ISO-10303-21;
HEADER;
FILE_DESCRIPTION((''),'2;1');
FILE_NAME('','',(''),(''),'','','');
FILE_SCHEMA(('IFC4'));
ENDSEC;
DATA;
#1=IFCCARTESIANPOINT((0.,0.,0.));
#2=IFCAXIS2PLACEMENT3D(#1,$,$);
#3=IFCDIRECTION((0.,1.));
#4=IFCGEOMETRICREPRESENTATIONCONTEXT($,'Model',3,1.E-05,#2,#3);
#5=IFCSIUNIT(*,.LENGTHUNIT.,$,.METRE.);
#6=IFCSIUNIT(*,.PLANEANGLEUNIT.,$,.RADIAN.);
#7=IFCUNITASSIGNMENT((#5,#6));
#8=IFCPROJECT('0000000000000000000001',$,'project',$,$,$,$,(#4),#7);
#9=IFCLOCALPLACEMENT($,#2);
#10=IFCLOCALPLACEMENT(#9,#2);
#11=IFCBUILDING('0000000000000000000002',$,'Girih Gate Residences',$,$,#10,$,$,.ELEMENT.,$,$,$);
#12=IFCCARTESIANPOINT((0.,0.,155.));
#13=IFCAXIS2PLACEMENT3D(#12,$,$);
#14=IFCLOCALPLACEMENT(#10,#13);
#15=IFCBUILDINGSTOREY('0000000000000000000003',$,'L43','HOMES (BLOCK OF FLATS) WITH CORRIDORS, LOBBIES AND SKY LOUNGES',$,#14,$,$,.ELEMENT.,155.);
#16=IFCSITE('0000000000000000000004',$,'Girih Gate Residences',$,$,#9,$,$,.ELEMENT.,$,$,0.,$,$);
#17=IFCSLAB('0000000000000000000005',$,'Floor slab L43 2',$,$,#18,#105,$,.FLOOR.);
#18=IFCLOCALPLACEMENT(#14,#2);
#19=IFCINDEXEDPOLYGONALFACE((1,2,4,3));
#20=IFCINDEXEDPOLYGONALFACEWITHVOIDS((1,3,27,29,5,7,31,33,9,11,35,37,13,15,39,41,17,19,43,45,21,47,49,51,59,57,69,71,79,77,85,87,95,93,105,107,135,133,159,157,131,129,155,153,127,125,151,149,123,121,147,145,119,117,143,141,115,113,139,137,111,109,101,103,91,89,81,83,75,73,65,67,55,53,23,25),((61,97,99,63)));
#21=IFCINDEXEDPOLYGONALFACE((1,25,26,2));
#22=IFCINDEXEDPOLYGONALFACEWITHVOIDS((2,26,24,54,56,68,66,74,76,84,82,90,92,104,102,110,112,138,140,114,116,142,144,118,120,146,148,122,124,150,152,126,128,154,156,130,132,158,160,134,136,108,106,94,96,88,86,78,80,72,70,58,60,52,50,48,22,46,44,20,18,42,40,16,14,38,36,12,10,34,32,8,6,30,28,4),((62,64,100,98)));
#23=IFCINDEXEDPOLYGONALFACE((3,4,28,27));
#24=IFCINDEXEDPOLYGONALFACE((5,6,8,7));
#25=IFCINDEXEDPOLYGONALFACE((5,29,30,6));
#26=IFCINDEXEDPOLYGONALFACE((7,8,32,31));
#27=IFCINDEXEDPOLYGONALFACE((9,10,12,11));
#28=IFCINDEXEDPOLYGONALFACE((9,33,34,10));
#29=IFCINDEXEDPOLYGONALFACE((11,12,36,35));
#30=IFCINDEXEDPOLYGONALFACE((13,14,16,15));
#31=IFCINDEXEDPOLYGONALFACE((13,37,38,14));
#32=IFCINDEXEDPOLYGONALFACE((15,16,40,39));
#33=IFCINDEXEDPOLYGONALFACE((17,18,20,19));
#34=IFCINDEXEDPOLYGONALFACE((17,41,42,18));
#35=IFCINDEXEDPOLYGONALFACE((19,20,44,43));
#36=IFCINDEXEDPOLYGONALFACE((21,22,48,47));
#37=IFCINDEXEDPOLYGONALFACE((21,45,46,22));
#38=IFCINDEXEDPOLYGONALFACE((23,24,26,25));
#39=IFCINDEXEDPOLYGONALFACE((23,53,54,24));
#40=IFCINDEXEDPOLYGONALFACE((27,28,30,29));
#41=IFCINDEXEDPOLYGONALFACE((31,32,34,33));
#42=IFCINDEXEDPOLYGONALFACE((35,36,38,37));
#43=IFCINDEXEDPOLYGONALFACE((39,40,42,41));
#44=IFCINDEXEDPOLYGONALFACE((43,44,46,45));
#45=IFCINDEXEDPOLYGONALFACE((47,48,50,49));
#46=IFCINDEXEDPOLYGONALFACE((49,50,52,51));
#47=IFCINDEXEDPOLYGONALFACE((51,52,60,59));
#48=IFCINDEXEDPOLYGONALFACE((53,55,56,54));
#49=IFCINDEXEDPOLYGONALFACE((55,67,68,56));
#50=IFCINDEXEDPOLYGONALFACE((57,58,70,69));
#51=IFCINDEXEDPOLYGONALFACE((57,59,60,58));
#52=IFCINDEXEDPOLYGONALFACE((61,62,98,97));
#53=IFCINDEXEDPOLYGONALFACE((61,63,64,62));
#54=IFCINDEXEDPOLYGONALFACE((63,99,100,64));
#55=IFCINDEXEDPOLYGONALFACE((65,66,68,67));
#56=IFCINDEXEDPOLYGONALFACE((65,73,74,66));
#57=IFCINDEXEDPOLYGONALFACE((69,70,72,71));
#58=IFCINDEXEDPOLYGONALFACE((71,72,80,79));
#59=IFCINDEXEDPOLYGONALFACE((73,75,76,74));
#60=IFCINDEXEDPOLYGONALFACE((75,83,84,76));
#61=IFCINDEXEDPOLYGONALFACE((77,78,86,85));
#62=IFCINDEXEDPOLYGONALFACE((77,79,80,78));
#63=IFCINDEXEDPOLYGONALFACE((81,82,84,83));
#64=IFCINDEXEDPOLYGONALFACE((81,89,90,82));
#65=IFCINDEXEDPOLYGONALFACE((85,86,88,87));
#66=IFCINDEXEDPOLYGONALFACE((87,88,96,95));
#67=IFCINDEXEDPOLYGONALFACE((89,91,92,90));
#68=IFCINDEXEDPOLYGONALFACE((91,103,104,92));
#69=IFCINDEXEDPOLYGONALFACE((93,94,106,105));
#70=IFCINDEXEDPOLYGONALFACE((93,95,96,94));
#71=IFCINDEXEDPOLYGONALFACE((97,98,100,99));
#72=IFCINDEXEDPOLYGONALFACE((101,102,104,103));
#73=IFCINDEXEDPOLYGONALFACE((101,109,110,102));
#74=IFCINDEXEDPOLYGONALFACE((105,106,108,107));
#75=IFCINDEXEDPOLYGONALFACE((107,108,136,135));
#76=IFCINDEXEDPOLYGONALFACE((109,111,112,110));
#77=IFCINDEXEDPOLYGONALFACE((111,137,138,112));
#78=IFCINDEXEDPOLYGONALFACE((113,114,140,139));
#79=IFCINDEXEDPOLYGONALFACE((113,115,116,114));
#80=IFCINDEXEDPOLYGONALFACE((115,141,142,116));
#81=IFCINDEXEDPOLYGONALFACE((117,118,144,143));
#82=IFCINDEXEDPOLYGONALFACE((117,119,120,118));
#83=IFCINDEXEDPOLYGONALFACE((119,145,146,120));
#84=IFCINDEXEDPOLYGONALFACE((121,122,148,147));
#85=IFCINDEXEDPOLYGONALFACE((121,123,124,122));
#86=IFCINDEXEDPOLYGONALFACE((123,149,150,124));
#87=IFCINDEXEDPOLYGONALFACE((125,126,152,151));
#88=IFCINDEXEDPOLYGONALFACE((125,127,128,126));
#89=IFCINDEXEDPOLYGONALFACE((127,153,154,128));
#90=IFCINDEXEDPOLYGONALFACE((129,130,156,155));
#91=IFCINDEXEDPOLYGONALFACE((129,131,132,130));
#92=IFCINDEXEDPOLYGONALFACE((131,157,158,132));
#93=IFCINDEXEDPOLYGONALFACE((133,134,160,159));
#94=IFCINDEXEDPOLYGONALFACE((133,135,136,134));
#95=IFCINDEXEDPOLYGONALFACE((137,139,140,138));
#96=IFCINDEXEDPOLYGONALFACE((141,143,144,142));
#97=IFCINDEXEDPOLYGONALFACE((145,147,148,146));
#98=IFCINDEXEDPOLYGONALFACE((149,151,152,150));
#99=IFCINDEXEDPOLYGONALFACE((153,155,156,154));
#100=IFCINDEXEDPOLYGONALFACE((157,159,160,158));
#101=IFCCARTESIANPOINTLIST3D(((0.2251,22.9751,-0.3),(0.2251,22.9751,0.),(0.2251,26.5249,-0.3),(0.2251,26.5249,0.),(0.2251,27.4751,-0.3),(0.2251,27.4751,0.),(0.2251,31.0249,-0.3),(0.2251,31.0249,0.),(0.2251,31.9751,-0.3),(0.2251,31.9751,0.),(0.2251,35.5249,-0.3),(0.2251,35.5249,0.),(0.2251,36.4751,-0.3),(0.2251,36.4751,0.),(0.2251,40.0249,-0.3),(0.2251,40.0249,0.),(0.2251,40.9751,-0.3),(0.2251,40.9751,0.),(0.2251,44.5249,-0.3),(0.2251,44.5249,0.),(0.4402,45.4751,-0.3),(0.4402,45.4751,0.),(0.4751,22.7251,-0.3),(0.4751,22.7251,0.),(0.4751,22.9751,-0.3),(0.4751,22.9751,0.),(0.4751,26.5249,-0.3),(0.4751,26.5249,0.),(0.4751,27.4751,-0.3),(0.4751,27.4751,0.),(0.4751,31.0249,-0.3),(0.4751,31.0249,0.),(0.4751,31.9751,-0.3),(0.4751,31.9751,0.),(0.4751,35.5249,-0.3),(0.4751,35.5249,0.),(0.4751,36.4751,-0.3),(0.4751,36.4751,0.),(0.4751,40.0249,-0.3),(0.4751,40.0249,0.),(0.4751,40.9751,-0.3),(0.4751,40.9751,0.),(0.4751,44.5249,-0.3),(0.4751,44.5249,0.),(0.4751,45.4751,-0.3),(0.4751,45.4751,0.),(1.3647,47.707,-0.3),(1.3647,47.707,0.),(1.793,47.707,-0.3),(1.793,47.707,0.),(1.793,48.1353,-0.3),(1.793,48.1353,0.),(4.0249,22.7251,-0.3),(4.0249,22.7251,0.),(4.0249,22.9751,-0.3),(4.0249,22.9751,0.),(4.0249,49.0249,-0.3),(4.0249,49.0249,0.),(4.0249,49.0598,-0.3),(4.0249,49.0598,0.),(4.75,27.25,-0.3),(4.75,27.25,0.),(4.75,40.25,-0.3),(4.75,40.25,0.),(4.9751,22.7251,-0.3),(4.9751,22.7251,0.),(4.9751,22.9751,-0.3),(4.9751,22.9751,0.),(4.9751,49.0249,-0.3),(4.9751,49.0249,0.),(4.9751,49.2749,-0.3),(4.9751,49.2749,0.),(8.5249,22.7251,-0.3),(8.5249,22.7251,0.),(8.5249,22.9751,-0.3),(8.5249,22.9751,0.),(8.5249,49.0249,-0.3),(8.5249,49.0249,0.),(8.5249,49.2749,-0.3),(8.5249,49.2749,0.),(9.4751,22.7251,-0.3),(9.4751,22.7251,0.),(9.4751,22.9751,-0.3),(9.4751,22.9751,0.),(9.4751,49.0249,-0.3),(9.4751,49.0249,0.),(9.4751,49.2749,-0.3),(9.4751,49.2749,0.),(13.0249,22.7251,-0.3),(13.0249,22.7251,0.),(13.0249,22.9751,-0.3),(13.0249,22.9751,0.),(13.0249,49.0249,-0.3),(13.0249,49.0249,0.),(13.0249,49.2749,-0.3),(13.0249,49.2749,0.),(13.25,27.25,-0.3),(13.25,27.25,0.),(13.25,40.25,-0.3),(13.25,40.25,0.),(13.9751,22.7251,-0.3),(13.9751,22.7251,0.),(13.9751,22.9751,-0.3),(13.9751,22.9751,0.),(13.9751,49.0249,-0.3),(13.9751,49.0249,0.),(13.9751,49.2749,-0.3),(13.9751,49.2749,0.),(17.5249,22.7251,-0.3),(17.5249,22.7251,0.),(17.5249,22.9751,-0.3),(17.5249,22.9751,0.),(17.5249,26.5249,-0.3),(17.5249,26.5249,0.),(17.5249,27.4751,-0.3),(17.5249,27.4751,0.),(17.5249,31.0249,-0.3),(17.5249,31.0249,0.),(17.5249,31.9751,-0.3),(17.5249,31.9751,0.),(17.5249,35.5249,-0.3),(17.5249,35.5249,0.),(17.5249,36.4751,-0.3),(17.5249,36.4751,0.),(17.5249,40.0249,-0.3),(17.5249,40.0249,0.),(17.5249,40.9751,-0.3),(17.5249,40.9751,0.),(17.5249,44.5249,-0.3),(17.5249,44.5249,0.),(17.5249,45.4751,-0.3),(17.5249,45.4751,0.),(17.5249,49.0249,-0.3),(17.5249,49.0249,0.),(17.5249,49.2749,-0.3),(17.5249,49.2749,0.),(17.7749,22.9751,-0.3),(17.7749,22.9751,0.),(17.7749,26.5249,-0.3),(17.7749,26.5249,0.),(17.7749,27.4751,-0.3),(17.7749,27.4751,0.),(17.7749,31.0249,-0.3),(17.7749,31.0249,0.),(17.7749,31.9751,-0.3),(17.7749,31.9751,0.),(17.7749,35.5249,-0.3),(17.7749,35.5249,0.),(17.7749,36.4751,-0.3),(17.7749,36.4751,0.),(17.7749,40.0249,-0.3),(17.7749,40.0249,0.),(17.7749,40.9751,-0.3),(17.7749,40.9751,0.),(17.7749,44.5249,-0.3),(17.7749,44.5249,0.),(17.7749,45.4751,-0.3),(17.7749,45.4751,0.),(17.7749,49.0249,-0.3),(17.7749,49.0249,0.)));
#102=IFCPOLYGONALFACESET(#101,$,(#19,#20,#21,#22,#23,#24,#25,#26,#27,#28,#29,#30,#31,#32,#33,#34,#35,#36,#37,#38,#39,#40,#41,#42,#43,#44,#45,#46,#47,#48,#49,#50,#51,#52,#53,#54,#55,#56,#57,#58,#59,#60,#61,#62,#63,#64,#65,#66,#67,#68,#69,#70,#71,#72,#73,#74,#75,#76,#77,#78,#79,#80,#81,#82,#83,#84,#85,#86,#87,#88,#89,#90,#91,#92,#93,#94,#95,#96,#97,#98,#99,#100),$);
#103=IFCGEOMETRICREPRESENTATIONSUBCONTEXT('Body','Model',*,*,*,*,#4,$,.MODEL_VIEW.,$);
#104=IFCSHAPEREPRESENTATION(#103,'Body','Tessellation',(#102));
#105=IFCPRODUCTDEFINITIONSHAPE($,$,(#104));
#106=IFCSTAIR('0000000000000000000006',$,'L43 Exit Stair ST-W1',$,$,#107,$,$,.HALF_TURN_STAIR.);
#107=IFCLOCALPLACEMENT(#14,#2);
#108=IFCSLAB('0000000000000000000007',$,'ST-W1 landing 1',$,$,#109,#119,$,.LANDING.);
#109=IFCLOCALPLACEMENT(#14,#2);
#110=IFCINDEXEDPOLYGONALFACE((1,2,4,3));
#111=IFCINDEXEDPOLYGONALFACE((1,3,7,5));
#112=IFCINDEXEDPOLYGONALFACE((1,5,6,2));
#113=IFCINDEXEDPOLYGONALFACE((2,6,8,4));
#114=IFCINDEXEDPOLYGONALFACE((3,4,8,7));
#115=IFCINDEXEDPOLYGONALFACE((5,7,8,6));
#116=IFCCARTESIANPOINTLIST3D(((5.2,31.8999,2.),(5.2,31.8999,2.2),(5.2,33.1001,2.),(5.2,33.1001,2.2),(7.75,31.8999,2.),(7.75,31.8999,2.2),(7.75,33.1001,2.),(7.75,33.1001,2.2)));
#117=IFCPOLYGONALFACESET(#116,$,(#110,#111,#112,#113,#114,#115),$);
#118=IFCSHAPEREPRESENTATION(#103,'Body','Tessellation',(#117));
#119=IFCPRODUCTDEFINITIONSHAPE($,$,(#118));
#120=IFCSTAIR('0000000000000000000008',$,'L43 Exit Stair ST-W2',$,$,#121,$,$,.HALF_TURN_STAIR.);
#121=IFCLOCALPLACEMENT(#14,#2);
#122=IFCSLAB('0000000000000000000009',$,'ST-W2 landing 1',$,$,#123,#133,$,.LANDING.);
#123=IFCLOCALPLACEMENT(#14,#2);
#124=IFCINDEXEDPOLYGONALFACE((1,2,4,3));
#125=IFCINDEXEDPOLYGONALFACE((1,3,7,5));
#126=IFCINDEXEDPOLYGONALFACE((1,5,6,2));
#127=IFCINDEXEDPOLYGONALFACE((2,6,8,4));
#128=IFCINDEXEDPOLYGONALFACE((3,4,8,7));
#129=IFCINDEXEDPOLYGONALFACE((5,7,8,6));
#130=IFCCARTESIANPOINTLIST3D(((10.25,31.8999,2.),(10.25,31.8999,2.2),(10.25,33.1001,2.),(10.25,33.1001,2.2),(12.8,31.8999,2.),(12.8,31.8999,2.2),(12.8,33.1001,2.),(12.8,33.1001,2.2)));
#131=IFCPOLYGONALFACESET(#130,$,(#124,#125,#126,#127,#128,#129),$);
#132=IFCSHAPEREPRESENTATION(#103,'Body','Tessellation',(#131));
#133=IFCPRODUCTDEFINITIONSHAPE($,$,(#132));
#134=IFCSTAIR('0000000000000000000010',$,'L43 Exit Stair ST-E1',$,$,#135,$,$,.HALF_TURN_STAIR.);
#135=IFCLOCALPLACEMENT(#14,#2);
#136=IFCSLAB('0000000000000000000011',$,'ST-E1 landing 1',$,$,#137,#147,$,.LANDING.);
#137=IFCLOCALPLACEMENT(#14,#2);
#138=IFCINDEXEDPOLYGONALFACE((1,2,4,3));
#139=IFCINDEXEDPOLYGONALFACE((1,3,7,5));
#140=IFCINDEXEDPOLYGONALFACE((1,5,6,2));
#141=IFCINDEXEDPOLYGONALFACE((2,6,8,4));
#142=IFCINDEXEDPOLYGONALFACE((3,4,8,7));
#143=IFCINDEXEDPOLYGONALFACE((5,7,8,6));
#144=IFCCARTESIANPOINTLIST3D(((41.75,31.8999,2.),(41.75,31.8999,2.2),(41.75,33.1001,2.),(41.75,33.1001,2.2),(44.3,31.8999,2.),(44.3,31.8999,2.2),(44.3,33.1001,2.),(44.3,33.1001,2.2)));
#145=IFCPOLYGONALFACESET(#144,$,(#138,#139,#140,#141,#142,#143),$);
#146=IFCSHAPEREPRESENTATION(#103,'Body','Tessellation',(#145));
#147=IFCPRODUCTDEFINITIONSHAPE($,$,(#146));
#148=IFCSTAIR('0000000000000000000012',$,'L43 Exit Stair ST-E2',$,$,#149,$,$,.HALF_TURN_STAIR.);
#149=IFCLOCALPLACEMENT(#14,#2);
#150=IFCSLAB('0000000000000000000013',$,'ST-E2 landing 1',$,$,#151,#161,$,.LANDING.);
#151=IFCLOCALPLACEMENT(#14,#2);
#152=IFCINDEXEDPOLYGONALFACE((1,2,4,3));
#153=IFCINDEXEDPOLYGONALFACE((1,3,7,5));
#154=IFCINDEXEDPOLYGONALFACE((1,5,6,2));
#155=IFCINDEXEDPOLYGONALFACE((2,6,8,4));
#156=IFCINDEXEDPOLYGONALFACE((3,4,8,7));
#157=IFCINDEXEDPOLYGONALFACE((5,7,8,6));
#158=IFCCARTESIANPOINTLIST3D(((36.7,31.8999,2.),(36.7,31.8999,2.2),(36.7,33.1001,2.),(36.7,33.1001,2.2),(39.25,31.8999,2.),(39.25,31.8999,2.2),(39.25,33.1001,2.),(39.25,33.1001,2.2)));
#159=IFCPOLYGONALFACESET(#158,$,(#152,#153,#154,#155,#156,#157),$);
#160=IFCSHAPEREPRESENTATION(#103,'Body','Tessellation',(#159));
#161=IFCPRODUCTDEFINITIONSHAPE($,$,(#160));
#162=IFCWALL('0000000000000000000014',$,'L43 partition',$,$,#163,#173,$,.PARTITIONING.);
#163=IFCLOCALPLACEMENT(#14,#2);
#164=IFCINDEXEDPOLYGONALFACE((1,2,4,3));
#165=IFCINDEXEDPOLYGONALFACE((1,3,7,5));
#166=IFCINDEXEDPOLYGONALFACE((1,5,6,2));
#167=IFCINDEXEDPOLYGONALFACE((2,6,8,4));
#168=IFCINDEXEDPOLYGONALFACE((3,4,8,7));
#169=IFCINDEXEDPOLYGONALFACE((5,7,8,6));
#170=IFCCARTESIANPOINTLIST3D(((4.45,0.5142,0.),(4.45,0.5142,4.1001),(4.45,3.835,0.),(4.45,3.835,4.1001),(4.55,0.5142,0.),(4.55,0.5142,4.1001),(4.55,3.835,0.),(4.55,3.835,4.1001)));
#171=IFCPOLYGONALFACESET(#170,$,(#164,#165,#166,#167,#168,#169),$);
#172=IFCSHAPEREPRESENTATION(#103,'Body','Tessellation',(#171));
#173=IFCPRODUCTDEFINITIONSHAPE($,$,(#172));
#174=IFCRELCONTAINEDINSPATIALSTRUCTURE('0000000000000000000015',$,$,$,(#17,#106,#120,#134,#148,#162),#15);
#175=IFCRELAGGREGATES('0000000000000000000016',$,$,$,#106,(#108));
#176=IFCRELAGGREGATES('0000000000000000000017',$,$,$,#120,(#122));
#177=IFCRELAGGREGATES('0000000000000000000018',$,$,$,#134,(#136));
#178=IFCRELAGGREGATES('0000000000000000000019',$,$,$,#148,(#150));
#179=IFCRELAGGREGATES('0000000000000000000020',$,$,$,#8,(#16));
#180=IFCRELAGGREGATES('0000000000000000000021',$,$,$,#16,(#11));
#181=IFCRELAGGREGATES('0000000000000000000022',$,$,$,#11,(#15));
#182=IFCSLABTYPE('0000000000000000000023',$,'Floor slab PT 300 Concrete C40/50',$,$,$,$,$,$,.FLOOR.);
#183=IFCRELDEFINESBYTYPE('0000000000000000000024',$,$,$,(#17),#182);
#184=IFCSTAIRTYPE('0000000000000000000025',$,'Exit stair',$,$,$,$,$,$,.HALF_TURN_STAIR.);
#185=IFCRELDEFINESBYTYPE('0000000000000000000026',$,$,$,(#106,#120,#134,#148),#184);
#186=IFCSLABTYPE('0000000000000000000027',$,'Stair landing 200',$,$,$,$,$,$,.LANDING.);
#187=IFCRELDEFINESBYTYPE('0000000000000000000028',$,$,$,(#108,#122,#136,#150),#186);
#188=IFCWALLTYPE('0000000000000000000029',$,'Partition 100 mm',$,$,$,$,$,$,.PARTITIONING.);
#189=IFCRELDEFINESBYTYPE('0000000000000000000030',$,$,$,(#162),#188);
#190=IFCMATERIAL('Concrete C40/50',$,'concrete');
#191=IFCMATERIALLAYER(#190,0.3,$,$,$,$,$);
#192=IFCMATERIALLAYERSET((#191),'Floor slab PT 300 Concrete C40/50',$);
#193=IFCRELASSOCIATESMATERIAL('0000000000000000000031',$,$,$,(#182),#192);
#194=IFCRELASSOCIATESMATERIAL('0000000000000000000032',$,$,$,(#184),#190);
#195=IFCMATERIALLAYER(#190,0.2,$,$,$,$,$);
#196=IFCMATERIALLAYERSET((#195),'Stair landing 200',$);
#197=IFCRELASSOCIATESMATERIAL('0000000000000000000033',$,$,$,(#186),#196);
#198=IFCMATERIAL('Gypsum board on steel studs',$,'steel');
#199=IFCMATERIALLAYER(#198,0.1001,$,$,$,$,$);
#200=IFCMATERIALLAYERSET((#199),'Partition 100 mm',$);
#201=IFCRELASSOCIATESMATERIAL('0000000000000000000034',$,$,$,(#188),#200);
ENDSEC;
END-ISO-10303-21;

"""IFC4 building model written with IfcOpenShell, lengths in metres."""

from ifc_helpers import new_model, si_unit, direction, frame, frame_2d, origin, place, context, subcontext, project, spatial, polyline, rectangle, outline, extrude, material, layer, layer_set, type_object, element, aggregate, save


model = new_model("IFC4")

# Units and contexts
model_context = context("Model", 3, precision=1e-05, world=origin(), true_north=direction((0.0, 1.0)))
body_context = subcontext(model_context, "Body", "Model", "MODEL_VIEW")
ifc_project = project(units=[si_unit("LENGTHUNIT", "METRE"), si_unit("PLANEANGLEUNIT", "RADIAN")], contexts=[model_context])

# Site, building, storey
site_placement = place(None, origin())
site = spatial("IfcSite", under=ifc_project, at=site_placement, Name="Girih Gate Residences", CompositionType="ELEMENT", RefElevation=0.0)
building_placement = place(site_placement, origin())
building = spatial("IfcBuilding", under=site, at=building_placement, Name="Girih Gate Residences", CompositionType="ELEMENT")
storey_placement = place(building_placement, frame((0.0, 0.0, 155.0)))
storey = spatial("IfcBuildingStorey", under=building, at=storey_placement, Name="L43", Description="HOMES (BLOCK OF FLATS) WITH CORRIDORS, LOBBIES AND SKY LOUNGES", CompositionType="ELEMENT", Elevation=155.0)

# Slab
ifc_material_1 = material(Name="Concrete C40/50", Category="concrete")
ifc_layer_1 = layer(ifc_material_1, 0.3)
ifc_layer_set_1 = layer_set([ifc_layer_1], Name="Floor slab PT 300 Concrete C40/50")
slab_type_1 = type_object("IfcSlabType", Name="Floor slab PT 300 Concrete C40/50", PredefinedType="FLOOR", material=ifc_layer_set_1)
slab_1_placement = place(storey_placement, frame((0.0, 0.0, -0.3)))
element("IfcSlab", 1, at=slab_1_placement, inside=storey, type_object=slab_type_1, Name="Floor slab L43 2", PredefinedType="FLOOR", context=body_context, shape_type="SweptSolid", body=[
    extrude(outline(polyline([(0.2251, 26.5249), (0.2251, 22.9751), (0.4751, 22.9751), (0.4751, 22.7251), (4.0249, 22.7251), (4.0249, 22.9751), (4.9751, 22.9751), (4.9751, 22.7251), (8.5249, 22.7251), (8.5249, 22.9751), (9.4751, 22.9751), (9.4751, 22.7251), (13.0249, 22.7251), (13.0249, 22.9751), (13.9751, 22.9751), (13.9751, 22.7251), (17.5249, 22.7251), (17.5249, 22.9751), (17.7749, 22.9751), (17.7749, 26.5249), (17.5249, 26.5249), (17.5249, 27.4751), (17.7749, 27.4751), (17.7749, 31.0249), (17.5249, 31.0249), (17.5249, 31.9751), (17.7749, 31.9751), (17.7749, 35.5249), (17.5249, 35.5249), (17.5249, 36.4751), (17.7749, 36.4751), (17.7749, 40.0249), (17.5249, 40.0249), (17.5249, 40.9751), (17.7749, 40.9751), (17.7749, 44.5249), (17.5249, 44.5249), (17.5249, 45.4751), (17.7749, 45.4751), (17.7749, 49.0249), (17.5249, 49.0249), (17.5249, 49.2749), (13.9751, 49.2749), (13.9751, 49.0249), (13.0249, 49.0249), (13.0249, 49.2749), (9.4751, 49.2749), (9.4751, 49.0249), (8.5249, 49.0249), (8.5249, 49.2749), (4.9751, 49.2749), (4.9751, 49.0249), (4.0249, 49.0249), (4.0249, 49.0598), (1.793, 48.1353), (1.793, 47.707), (1.3647, 47.707), (0.4402, 45.4751), (0.4751, 45.4751), (0.4751, 44.5249), (0.2251, 44.5249), (0.2251, 40.9751), (0.4751, 40.9751), (0.4751, 40.0249), (0.2251, 40.0249), (0.2251, 36.4751), (0.4751, 36.4751), (0.4751, 35.5249), (0.2251, 35.5249), (0.2251, 31.9751), (0.4751, 31.9751), (0.4751, 31.0249), (0.2251, 31.0249), (0.2251, 27.4751), (0.4751, 27.4751), (0.4751, 26.5249), (0.2251, 26.5249)]), holes=[polyline([(13.25, 40.25), (13.25, 27.25), (4.75, 27.25), (4.75, 40.25), (13.25, 40.25)])]), origin(), (0.0, 0.0, 1.0), 0.3),
])

# Stairs, slabs
stair_type = type_object("IfcStairType", Name="Exit stair", PredefinedType="HALF_TURN_STAIR", material=ifc_material_1)
stair_1_placement = place(storey_placement, origin())
stair_1 = element("IfcStair", 2, at=stair_1_placement, inside=storey, type_object=stair_type, Name="L43 Exit Stair ST-W1", PredefinedType="HALF_TURN_STAIR")
ifc_layer_2 = layer(ifc_material_1, 0.2)
ifc_layer_set_2 = layer_set([ifc_layer_2], Name="Stair landing 200")
slab_type_2 = type_object("IfcSlabType", Name="Stair landing 200", PredefinedType="LANDING", material=ifc_layer_set_2)
slab_2_placement = place(storey_placement, frame((0.0, 0.0, 2.0)))
slab_2 = element("IfcSlab", 3, at=slab_2_placement, type_object=slab_type_2, Name="ST-W1 landing 1", PredefinedType="LANDING", context=body_context, shape_type="SweptSolid", body=[
    extrude(outline(polyline([(7.75, 31.8999), (7.75, 33.1001), (5.2, 33.1001), (5.2, 31.8999), (7.75, 31.8999)])), origin(), (0.0, 0.0, 1.0), 0.2),
])
aggregate(stair_1, [slab_2])
stair_2_placement = place(storey_placement, origin())
stair_2 = element("IfcStair", 4, at=stair_2_placement, inside=storey, type_object=stair_type, Name="L43 Exit Stair ST-W2", PredefinedType="HALF_TURN_STAIR")
slab_3_placement = place(storey_placement, frame((0.0, 0.0, 2.0)))
slab_3 = element("IfcSlab", 5, at=slab_3_placement, type_object=slab_type_2, Name="ST-W2 landing 1", PredefinedType="LANDING", context=body_context, shape_type="SweptSolid", body=[
    extrude(outline(polyline([(12.8, 31.8999), (12.8, 33.1001), (10.25, 33.1001), (10.25, 31.8999), (12.8, 31.8999)])), origin(), (0.0, 0.0, 1.0), 0.2),
])
aggregate(stair_2, [slab_3])
stair_3_placement = place(storey_placement, origin())
stair_3 = element("IfcStair", 6, at=stair_3_placement, inside=storey, type_object=stair_type, Name="L43 Exit Stair ST-E1", PredefinedType="HALF_TURN_STAIR")
slab_4_placement = place(storey_placement, frame((0.0, 0.0, 2.0)))
slab_4 = element("IfcSlab", 7, at=slab_4_placement, type_object=slab_type_2, Name="ST-E1 landing 1", PredefinedType="LANDING", context=body_context, shape_type="SweptSolid", body=[
    extrude(outline(polyline([(44.3, 31.8999), (44.3, 33.1001), (41.75, 33.1001), (41.75, 31.8999), (44.3, 31.8999)])), origin(), (0.0, 0.0, 1.0), 0.2),
])
aggregate(stair_3, [slab_4])
stair_4_placement = place(storey_placement, origin())
stair_4 = element("IfcStair", 8, at=stair_4_placement, inside=storey, type_object=stair_type, Name="L43 Exit Stair ST-E2", PredefinedType="HALF_TURN_STAIR")
slab_5_placement = place(storey_placement, frame((0.0, 0.0, 2.0)))
slab_5 = element("IfcSlab", 9, at=slab_5_placement, type_object=slab_type_2, Name="ST-E2 landing 1", PredefinedType="LANDING", context=body_context, shape_type="SweptSolid", body=[
    extrude(outline(polyline([(39.25, 31.8999), (39.25, 33.1001), (36.7, 33.1001), (36.7, 31.8999), (39.25, 31.8999)])), origin(), (0.0, 0.0, 1.0), 0.2),
])
aggregate(stair_4, [slab_5])

# Wall
ifc_material_2 = material(Name="Gypsum board on steel studs", Category="steel")
ifc_layer_3 = layer(ifc_material_2, 0.1001)
ifc_layer_set_3 = layer_set([ifc_layer_3], Name="Partition 100 mm")
wall_type_1 = type_object("IfcWallType", Name="Partition 100 mm", PredefinedType="PARTITIONING", material=ifc_layer_set_3)
wall_1_placement = place(storey_placement, frame((4.5, 0.5142, 0.0), z_axis=(0.0, 0.0, 1.0), x_axis=(0.0, 1.0, 0.0)))
element("IfcWall", 10, at=wall_1_placement, inside=storey, type_object=wall_type_1, Name="L43 partition", PredefinedType="PARTITIONING", context=body_context, shape_type="SweptSolid", body=[
    extrude(rectangle(XDim=3.3208, YDim=0.1001, at=frame_2d((1.6604, 0.0))), origin(), (0.0, 0.0, 1.0), 4.1001),
])

save(model, "model.ifc")
